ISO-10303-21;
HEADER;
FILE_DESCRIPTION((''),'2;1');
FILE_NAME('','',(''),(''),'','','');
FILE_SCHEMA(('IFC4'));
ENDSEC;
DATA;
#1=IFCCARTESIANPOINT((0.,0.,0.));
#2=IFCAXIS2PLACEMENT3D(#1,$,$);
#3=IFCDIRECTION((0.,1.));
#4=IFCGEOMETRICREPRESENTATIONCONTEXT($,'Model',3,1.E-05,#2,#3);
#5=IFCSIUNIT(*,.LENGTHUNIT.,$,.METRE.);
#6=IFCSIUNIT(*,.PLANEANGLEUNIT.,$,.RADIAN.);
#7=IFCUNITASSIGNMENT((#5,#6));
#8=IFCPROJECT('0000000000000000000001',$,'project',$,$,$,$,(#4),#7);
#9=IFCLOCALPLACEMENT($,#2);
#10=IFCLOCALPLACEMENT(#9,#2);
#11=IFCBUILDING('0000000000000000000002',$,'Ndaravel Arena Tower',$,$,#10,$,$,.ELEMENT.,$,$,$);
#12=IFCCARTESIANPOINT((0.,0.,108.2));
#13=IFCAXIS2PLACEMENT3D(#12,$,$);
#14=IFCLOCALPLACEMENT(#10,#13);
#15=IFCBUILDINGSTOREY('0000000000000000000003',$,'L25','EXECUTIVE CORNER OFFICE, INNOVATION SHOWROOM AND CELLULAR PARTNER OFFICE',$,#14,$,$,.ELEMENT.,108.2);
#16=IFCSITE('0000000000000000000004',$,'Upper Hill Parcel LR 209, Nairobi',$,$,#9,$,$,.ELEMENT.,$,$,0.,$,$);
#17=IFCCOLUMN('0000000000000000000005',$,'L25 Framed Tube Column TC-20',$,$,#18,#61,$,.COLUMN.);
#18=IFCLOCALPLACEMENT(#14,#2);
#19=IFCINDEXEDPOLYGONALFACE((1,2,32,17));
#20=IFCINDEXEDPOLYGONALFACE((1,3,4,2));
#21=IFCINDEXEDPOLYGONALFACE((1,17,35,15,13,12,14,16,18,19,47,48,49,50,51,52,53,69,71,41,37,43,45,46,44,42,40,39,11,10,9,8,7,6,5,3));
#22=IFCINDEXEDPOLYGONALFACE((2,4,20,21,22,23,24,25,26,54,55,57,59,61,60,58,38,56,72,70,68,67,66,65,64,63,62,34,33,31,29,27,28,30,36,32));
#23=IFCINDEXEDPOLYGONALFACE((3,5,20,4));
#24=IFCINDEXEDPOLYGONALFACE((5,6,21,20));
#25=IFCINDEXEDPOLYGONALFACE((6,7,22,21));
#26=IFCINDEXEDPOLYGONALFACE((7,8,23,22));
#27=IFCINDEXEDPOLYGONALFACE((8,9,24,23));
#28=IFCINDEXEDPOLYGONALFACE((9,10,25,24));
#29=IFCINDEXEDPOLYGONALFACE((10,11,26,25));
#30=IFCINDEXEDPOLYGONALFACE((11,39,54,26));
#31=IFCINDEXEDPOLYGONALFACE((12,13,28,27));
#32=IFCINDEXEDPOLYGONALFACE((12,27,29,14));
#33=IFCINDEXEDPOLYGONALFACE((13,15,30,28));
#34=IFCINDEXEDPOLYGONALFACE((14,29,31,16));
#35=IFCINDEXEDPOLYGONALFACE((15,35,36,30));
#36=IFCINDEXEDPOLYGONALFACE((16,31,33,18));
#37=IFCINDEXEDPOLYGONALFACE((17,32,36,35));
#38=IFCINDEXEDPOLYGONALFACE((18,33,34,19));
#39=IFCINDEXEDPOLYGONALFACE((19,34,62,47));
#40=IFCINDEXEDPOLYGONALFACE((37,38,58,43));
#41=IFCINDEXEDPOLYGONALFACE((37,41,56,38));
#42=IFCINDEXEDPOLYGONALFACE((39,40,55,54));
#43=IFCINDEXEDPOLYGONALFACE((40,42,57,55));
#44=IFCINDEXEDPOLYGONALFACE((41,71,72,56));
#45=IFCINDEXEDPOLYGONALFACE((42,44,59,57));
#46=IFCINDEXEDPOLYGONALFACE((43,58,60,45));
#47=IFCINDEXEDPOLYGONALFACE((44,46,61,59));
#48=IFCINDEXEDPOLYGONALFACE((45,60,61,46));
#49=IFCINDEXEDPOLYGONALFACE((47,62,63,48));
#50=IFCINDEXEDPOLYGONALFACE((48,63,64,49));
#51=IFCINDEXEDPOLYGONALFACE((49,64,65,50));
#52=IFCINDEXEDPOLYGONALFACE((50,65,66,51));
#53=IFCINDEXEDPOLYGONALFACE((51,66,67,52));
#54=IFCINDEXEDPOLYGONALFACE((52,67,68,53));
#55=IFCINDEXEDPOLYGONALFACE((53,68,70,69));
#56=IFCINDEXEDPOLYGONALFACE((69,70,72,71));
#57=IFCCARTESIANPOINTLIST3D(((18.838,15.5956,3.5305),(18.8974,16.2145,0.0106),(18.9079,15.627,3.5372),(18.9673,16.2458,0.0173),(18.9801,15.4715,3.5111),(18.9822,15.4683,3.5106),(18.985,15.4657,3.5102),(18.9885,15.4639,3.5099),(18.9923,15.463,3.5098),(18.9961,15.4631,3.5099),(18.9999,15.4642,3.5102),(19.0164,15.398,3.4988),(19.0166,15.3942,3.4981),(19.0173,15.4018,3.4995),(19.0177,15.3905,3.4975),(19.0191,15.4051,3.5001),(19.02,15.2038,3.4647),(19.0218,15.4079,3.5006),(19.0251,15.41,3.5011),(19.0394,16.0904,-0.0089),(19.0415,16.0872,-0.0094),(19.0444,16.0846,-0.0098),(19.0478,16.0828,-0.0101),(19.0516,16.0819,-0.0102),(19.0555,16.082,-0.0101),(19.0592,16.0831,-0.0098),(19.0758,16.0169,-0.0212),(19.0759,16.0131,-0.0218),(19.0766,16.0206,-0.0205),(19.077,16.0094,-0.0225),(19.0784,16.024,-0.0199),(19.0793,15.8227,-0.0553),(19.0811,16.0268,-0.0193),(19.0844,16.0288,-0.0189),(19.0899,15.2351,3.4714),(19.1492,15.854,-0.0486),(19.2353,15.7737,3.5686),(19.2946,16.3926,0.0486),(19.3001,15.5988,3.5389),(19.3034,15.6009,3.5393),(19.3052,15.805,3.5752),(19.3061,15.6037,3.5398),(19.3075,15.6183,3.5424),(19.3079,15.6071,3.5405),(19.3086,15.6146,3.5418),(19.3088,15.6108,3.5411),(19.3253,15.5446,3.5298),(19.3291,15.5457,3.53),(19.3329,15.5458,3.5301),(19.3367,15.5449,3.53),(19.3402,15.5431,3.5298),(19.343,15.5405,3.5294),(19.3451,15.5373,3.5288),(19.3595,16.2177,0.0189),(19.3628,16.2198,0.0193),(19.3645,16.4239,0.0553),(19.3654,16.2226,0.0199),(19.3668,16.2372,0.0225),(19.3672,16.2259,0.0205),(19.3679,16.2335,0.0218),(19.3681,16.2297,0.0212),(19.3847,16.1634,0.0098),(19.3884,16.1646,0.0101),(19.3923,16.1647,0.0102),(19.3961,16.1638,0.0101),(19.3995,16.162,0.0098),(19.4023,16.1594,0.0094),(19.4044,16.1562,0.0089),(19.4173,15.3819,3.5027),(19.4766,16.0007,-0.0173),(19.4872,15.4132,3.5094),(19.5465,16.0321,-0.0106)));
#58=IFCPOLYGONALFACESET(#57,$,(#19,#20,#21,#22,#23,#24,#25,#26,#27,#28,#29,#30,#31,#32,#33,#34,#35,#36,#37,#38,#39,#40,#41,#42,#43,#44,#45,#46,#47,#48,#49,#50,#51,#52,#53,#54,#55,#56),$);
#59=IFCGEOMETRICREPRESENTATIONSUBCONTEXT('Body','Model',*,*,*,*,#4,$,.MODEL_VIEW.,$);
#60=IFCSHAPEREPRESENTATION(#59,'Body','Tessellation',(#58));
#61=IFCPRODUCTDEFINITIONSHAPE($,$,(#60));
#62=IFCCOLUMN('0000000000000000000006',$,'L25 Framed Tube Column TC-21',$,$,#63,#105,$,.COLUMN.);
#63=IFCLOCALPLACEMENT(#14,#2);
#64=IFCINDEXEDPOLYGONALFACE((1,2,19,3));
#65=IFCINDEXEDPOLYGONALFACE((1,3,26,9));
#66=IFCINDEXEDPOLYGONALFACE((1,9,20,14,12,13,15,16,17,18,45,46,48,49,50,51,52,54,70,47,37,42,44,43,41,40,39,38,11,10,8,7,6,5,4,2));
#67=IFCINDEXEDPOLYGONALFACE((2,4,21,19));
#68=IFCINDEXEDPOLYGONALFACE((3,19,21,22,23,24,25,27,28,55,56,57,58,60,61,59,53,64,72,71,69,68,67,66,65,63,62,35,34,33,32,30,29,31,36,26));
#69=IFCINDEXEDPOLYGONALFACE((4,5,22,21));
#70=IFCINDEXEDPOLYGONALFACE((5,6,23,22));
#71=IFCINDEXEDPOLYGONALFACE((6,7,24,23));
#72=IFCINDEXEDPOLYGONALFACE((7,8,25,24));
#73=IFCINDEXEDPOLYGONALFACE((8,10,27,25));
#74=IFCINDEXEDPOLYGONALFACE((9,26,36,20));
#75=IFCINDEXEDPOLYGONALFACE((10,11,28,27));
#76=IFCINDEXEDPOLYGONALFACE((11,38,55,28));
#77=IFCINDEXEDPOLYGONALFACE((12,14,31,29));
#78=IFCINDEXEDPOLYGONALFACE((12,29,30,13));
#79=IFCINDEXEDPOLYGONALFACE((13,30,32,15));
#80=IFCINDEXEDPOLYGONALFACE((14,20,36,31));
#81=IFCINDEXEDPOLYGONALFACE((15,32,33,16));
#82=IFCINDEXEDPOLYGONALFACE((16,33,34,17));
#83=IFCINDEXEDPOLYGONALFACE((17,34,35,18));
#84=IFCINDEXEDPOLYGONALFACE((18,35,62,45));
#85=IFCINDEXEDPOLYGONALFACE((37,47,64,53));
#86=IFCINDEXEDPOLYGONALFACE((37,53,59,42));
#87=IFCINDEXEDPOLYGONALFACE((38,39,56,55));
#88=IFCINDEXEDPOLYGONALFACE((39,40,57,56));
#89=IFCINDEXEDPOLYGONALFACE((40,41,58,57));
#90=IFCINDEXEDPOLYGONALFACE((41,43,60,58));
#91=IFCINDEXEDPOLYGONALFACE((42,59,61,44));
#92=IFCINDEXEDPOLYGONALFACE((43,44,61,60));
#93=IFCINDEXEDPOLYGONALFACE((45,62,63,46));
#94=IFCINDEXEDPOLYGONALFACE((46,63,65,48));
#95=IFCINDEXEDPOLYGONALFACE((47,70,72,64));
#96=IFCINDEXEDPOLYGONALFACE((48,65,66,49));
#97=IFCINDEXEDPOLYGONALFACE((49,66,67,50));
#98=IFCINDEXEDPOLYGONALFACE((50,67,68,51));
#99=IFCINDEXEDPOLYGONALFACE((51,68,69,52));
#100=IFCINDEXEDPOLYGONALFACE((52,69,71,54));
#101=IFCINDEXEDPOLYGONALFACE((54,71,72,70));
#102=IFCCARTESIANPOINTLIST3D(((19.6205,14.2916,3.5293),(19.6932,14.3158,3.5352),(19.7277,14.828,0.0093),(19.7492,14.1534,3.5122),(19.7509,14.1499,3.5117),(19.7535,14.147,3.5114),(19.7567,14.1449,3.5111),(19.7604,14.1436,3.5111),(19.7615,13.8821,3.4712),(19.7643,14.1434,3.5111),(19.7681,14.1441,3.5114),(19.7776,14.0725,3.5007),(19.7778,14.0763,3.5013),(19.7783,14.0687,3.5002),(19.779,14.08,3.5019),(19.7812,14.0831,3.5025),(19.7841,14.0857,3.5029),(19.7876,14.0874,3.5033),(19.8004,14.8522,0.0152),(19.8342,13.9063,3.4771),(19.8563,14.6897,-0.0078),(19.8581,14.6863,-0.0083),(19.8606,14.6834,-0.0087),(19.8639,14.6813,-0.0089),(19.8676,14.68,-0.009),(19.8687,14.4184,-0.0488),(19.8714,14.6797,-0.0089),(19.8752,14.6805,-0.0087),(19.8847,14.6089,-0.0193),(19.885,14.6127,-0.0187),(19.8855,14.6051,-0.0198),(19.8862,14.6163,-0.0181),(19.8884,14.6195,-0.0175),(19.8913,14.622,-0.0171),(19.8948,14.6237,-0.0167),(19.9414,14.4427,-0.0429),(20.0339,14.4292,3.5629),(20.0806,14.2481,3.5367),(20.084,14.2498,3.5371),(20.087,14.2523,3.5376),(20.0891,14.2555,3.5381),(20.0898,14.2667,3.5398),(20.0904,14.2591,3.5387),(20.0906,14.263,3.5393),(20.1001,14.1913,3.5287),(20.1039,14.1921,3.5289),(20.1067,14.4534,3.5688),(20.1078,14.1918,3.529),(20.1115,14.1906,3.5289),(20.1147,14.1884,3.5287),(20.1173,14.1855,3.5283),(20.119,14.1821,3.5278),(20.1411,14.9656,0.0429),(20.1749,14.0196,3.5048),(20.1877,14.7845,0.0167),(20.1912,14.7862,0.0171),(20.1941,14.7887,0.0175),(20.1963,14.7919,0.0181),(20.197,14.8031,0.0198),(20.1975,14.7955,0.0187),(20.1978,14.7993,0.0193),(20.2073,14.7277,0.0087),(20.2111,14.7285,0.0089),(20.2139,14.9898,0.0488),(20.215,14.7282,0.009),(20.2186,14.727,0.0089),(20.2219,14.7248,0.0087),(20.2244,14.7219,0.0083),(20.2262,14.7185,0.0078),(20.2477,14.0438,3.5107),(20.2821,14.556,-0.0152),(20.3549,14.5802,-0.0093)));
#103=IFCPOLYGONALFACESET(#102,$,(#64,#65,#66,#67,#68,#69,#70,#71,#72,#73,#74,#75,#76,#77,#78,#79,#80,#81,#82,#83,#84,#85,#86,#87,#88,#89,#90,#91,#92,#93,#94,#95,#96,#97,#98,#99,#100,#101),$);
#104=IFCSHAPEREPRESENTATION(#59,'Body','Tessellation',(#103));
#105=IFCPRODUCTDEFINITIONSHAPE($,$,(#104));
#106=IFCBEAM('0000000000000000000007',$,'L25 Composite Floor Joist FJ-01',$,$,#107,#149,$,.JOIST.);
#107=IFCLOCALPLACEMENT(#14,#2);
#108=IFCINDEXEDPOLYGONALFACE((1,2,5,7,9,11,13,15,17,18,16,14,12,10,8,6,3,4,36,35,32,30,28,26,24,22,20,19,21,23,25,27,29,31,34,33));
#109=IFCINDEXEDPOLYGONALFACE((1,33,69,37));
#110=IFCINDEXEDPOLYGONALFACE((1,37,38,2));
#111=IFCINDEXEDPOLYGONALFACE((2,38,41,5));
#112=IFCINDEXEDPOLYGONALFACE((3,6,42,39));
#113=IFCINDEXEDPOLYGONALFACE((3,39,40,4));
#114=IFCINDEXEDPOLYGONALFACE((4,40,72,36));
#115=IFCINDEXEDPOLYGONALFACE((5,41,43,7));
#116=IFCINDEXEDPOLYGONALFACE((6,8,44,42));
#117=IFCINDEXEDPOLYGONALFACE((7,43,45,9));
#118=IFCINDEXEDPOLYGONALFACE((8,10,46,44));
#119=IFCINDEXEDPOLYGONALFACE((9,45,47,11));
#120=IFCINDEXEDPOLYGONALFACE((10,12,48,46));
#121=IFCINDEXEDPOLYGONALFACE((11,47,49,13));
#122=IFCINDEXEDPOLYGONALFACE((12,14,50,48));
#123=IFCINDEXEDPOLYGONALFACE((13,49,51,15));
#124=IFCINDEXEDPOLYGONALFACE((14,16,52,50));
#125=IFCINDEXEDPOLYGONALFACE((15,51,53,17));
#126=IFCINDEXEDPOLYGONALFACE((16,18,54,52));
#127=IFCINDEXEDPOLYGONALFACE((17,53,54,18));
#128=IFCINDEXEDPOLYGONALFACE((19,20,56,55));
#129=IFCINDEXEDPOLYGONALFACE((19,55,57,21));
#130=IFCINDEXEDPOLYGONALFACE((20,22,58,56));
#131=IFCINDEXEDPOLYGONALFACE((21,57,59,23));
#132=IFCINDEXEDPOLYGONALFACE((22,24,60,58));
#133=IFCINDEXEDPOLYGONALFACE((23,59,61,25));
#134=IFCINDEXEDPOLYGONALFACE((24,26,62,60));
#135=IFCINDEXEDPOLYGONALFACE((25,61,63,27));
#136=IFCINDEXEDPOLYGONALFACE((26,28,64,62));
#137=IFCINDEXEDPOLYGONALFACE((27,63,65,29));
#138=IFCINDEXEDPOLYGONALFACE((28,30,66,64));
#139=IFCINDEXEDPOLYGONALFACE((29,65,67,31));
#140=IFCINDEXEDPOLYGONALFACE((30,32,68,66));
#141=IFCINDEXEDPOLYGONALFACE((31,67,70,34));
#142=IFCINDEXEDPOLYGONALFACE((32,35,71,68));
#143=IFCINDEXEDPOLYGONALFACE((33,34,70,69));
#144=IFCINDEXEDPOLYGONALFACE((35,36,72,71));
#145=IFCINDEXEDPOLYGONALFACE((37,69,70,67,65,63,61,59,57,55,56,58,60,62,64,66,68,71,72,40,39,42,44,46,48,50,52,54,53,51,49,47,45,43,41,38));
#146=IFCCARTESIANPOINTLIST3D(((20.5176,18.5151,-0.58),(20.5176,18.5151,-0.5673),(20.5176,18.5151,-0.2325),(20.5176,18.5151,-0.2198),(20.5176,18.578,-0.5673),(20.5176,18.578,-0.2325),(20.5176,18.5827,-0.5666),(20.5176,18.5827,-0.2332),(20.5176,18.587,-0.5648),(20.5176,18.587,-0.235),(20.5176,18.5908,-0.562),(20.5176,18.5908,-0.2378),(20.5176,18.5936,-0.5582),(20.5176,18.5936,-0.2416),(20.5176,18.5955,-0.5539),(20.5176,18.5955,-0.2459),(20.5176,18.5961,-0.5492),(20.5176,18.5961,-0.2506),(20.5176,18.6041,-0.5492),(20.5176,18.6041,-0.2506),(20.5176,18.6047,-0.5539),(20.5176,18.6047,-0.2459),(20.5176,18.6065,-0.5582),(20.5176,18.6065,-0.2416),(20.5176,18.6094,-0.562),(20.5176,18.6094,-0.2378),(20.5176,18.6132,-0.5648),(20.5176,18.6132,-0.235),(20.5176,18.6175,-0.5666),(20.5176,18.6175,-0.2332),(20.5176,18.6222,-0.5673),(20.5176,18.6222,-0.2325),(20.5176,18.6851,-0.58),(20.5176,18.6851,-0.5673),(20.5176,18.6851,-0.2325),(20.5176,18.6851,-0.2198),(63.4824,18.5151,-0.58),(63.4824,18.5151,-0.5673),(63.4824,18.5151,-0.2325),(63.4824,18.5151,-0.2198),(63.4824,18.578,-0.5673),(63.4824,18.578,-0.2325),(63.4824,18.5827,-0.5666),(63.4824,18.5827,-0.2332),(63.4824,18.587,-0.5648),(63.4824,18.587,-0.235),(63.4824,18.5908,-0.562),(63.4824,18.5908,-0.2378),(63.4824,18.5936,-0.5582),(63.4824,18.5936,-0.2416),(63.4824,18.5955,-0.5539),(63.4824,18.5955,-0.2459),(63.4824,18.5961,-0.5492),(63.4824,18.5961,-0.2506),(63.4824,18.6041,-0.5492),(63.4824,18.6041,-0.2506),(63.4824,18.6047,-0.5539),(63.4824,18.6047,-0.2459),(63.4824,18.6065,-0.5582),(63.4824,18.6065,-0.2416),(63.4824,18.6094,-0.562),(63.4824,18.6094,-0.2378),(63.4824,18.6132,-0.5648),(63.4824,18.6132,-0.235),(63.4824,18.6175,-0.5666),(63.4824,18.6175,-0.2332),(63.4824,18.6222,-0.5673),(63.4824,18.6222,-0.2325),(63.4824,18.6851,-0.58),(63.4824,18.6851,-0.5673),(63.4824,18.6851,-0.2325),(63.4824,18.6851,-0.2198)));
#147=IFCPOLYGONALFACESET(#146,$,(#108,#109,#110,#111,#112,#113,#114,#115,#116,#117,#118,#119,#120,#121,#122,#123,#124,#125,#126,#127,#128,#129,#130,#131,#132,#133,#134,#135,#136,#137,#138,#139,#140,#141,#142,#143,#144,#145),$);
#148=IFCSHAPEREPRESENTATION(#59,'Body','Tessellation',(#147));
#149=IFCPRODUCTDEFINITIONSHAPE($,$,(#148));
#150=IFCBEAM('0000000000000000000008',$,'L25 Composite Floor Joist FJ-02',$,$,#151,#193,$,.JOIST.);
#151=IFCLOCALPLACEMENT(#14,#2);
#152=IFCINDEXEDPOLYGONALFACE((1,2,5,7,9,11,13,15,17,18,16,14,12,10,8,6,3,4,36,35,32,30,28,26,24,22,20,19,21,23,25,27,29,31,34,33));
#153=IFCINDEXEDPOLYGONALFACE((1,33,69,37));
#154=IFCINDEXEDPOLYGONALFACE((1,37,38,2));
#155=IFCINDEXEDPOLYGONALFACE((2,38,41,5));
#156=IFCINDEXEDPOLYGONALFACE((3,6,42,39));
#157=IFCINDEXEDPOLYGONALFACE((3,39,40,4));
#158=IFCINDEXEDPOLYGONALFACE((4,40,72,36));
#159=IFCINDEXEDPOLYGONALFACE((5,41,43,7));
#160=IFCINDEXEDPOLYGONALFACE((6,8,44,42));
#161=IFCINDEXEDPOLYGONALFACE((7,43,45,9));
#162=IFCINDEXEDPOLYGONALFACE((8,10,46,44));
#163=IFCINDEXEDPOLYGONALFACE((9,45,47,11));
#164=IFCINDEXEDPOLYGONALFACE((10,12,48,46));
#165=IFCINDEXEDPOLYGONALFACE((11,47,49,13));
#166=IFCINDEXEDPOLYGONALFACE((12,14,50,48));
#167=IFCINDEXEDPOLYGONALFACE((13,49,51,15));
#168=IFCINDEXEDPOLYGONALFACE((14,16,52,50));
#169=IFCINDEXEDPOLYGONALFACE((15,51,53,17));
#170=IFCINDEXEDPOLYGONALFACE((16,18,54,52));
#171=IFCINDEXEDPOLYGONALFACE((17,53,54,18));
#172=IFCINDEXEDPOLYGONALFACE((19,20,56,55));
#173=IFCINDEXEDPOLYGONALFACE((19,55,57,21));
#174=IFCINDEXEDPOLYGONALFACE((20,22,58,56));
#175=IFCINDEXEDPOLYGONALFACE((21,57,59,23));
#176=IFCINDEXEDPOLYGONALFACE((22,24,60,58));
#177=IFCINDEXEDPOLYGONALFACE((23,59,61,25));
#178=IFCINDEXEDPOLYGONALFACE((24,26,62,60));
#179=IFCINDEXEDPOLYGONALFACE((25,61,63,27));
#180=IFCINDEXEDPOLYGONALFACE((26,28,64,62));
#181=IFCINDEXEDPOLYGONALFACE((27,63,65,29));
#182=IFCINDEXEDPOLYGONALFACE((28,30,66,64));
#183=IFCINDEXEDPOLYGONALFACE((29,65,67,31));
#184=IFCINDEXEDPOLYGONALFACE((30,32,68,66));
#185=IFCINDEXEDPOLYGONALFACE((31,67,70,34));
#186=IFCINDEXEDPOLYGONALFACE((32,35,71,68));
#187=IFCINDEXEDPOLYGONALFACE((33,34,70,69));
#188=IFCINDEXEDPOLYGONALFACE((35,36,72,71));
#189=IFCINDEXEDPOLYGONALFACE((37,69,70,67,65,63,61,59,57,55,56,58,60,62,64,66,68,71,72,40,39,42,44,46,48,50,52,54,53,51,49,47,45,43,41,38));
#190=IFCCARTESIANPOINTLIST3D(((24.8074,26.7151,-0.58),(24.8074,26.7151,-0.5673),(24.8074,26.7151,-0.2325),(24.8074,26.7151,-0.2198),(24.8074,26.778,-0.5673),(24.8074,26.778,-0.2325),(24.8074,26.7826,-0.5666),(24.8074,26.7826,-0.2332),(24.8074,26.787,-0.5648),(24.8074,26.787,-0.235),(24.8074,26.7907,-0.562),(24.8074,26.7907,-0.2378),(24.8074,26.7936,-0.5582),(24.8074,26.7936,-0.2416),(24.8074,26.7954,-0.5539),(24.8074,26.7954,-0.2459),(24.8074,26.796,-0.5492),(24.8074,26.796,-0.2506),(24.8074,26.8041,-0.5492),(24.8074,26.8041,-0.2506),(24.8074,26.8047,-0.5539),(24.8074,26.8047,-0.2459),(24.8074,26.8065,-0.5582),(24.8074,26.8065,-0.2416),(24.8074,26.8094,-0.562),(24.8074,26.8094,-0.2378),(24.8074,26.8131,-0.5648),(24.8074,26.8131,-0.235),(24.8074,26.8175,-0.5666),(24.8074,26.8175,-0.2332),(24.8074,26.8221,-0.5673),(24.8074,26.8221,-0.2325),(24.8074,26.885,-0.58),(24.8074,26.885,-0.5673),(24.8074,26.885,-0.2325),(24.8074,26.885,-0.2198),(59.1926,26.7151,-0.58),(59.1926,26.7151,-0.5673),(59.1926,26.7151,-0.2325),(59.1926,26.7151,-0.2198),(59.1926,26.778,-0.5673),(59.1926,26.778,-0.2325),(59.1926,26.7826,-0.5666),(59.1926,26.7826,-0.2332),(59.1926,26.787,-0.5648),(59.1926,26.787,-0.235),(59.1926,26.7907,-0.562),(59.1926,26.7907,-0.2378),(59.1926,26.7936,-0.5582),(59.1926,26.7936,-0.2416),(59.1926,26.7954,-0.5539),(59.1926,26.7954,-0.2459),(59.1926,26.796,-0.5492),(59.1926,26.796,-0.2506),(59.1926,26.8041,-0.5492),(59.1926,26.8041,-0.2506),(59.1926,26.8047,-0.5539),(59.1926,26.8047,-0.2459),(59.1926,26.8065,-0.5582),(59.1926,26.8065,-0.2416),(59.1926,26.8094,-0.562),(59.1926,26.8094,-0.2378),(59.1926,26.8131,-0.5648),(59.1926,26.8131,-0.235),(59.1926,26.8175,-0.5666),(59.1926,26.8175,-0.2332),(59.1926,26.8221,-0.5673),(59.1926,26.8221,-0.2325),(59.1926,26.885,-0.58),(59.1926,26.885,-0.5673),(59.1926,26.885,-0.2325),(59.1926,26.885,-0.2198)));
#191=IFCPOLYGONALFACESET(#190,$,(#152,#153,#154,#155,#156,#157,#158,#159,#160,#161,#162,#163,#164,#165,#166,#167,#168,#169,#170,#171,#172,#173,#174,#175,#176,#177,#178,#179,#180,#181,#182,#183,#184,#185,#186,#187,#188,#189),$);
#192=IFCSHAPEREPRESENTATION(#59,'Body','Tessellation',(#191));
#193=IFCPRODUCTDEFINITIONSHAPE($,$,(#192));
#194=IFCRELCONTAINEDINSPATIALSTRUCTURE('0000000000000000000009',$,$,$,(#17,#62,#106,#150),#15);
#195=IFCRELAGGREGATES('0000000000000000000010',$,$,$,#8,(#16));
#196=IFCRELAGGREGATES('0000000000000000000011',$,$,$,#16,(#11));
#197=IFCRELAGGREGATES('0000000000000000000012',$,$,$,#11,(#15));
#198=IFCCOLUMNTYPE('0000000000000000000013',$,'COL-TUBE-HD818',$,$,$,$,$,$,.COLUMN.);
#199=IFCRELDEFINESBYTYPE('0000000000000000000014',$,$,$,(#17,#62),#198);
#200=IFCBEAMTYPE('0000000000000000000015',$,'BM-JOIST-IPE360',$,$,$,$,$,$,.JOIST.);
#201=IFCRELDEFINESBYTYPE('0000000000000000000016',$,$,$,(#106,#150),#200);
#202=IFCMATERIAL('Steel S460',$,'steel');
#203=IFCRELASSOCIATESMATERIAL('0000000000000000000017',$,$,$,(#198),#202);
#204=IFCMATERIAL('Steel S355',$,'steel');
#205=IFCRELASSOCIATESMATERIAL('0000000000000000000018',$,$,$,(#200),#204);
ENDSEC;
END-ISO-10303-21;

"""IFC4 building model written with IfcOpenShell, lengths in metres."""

from ifc_helpers import new_model, si_unit, direction, frame, origin, origin_2d, place, context, subcontext, project, spatial, i_section, extrude, material, material_profile, profile_set, type_object, element, save


model = new_model("IFC4")

# Units and contexts
model_context = context("Model", 3, precision=1e-05, world=origin(), true_north=direction((0.0, 1.0)))
body_context = subcontext(model_context, "Body", "Model", "MODEL_VIEW")
ifc_project = project(units=[si_unit("LENGTHUNIT", "METRE"), si_unit("PLANEANGLEUNIT", "RADIAN")], contexts=[model_context])

# Site, building, storey
site_placement = place(None, origin())
site = spatial("IfcSite", under=ifc_project, at=site_placement, Name="Upper Hill Parcel LR 209, Nairobi", CompositionType="ELEMENT", RefElevation=0.0)
building_placement = place(site_placement, origin())
building = spatial("IfcBuilding", under=site, at=building_placement, Name="Ndaravel Arena Tower", CompositionType="ELEMENT")
storey_placement = place(building_placement, frame((0.0, 0.0, 108.2)))
storey = spatial("IfcBuildingStorey", under=building, at=storey_placement, Name="L25", Description="EXECUTIVE CORNER OFFICE, INNOVATION SHOWROOM AND CELLULAR PARTNER OFFICE", CompositionType="ELEMENT", Elevation=108.2)

# Columns
ifc_material_1 = material(Name="Steel S460", Category="steel")
ifc_material_profile_1 = material_profile(ifc_material_1, i_section(OverallWidth=0.437, OverallDepth=0.5139, WebThickness=0.0605, FlangeThickness=0.0769, FilletRadius=0.0149, at=origin_2d()), Name="HD 400x818")
ifc_profile_set_1 = profile_set([ifc_material_profile_1], Name="Steel S460")
column_type = type_object("IfcColumnType", Name="COL-TUBE-HD818", PredefinedType="COLUMN", material=ifc_profile_set_1)
column_1_placement = place(storey_placement, frame((19.2219, 16.1233, 0.0), z_axis=(-0.016597, -0.173142, 0.984757), x_axis=(-0.416341, 0.896644, 0.150633)))
element("IfcColumn", 1, at=column_1_placement, inside=storey, type_object=column_type, Name="L25 Framed Tube Column TC-20", PredefinedType="COLUMN", context=body_context, shape_type="SweptSolid", body=[
    extrude(i_section(OverallWidth=0.437, OverallDepth=0.5139, WebThickness=0.0605, FlangeThickness=0.0769, FilletRadius=0.0149, at=origin_2d()), origin(), (0.0, 0.0, 1.0), 3.5745),
])
column_2_placement = place(storey_placement, frame((20.0413, 14.7041, 0.0), z_axis=(-0.030087, -0.150572, 0.988141), x_axis=(-0.322627, 0.937139, 0.132977)))
element("IfcColumn", 2, at=column_2_placement, inside=storey, type_object=column_type, Name="L25 Framed Tube Column TC-21", PredefinedType="COLUMN", context=body_context, shape_type="SweptSolid", body=[
    extrude(i_section(OverallWidth=0.437, OverallDepth=0.5139, WebThickness=0.0605, FlangeThickness=0.0769, FilletRadius=0.0149, at=origin_2d()), origin(), (0.0, 0.0, 1.0), 3.5623),
])

# Beams
ifc_material_2 = material(Name="Steel S355", Category="steel")
ifc_material_profile_2 = material_profile(ifc_material_2, i_section(OverallWidth=0.1699, OverallDepth=0.3601, WebThickness=0.0081, FlangeThickness=0.0127, FilletRadius=0.0181, at=origin_2d()), Name="IPE 360")
ifc_profile_set_2 = profile_set([ifc_material_profile_2], Name="Steel S355")
beam_type_1 = type_object("IfcBeamType", Name="BM-JOIST-IPE360", PredefinedType="JOIST", material=ifc_profile_set_2)
beam_1_placement = place(storey_placement, frame((20.5176, 18.6001, -0.3999), z_axis=(1.0, 0.0, 0.0), x_axis=(0.0, 1.0, 0.0)))
element("IfcBeam", 3, at=beam_1_placement, inside=storey, type_object=beam_type_1, Name="L25 Composite Floor Joist FJ-01", PredefinedType="JOIST", context=body_context, shape_type="SweptSolid", body=[
    extrude(i_section(OverallWidth=0.1699, OverallDepth=0.3601, WebThickness=0.0081, FlangeThickness=0.0127, FilletRadius=0.0181, at=origin_2d()), origin(), (0.0, 0.0, 1.0), 42.9648),
])
beam_2_placement = place(storey_placement, frame((24.8074, 26.8, -0.3999), z_axis=(1.0, 0.0, 0.0), x_axis=(0.0, 1.0, 0.0)))
element("IfcBeam", 4, at=beam_2_placement, inside=storey, type_object=beam_type_1, Name="L25 Composite Floor Joist FJ-02", PredefinedType="JOIST", context=body_context, shape_type="SweptSolid", body=[
    extrude(i_section(OverallWidth=0.1699, OverallDepth=0.3601, WebThickness=0.0081, FlangeThickness=0.0127, FilletRadius=0.0181, at=origin_2d()), origin(), (0.0, 0.0, 1.0), 34.3853),
])

save(model, "model.ifc")
